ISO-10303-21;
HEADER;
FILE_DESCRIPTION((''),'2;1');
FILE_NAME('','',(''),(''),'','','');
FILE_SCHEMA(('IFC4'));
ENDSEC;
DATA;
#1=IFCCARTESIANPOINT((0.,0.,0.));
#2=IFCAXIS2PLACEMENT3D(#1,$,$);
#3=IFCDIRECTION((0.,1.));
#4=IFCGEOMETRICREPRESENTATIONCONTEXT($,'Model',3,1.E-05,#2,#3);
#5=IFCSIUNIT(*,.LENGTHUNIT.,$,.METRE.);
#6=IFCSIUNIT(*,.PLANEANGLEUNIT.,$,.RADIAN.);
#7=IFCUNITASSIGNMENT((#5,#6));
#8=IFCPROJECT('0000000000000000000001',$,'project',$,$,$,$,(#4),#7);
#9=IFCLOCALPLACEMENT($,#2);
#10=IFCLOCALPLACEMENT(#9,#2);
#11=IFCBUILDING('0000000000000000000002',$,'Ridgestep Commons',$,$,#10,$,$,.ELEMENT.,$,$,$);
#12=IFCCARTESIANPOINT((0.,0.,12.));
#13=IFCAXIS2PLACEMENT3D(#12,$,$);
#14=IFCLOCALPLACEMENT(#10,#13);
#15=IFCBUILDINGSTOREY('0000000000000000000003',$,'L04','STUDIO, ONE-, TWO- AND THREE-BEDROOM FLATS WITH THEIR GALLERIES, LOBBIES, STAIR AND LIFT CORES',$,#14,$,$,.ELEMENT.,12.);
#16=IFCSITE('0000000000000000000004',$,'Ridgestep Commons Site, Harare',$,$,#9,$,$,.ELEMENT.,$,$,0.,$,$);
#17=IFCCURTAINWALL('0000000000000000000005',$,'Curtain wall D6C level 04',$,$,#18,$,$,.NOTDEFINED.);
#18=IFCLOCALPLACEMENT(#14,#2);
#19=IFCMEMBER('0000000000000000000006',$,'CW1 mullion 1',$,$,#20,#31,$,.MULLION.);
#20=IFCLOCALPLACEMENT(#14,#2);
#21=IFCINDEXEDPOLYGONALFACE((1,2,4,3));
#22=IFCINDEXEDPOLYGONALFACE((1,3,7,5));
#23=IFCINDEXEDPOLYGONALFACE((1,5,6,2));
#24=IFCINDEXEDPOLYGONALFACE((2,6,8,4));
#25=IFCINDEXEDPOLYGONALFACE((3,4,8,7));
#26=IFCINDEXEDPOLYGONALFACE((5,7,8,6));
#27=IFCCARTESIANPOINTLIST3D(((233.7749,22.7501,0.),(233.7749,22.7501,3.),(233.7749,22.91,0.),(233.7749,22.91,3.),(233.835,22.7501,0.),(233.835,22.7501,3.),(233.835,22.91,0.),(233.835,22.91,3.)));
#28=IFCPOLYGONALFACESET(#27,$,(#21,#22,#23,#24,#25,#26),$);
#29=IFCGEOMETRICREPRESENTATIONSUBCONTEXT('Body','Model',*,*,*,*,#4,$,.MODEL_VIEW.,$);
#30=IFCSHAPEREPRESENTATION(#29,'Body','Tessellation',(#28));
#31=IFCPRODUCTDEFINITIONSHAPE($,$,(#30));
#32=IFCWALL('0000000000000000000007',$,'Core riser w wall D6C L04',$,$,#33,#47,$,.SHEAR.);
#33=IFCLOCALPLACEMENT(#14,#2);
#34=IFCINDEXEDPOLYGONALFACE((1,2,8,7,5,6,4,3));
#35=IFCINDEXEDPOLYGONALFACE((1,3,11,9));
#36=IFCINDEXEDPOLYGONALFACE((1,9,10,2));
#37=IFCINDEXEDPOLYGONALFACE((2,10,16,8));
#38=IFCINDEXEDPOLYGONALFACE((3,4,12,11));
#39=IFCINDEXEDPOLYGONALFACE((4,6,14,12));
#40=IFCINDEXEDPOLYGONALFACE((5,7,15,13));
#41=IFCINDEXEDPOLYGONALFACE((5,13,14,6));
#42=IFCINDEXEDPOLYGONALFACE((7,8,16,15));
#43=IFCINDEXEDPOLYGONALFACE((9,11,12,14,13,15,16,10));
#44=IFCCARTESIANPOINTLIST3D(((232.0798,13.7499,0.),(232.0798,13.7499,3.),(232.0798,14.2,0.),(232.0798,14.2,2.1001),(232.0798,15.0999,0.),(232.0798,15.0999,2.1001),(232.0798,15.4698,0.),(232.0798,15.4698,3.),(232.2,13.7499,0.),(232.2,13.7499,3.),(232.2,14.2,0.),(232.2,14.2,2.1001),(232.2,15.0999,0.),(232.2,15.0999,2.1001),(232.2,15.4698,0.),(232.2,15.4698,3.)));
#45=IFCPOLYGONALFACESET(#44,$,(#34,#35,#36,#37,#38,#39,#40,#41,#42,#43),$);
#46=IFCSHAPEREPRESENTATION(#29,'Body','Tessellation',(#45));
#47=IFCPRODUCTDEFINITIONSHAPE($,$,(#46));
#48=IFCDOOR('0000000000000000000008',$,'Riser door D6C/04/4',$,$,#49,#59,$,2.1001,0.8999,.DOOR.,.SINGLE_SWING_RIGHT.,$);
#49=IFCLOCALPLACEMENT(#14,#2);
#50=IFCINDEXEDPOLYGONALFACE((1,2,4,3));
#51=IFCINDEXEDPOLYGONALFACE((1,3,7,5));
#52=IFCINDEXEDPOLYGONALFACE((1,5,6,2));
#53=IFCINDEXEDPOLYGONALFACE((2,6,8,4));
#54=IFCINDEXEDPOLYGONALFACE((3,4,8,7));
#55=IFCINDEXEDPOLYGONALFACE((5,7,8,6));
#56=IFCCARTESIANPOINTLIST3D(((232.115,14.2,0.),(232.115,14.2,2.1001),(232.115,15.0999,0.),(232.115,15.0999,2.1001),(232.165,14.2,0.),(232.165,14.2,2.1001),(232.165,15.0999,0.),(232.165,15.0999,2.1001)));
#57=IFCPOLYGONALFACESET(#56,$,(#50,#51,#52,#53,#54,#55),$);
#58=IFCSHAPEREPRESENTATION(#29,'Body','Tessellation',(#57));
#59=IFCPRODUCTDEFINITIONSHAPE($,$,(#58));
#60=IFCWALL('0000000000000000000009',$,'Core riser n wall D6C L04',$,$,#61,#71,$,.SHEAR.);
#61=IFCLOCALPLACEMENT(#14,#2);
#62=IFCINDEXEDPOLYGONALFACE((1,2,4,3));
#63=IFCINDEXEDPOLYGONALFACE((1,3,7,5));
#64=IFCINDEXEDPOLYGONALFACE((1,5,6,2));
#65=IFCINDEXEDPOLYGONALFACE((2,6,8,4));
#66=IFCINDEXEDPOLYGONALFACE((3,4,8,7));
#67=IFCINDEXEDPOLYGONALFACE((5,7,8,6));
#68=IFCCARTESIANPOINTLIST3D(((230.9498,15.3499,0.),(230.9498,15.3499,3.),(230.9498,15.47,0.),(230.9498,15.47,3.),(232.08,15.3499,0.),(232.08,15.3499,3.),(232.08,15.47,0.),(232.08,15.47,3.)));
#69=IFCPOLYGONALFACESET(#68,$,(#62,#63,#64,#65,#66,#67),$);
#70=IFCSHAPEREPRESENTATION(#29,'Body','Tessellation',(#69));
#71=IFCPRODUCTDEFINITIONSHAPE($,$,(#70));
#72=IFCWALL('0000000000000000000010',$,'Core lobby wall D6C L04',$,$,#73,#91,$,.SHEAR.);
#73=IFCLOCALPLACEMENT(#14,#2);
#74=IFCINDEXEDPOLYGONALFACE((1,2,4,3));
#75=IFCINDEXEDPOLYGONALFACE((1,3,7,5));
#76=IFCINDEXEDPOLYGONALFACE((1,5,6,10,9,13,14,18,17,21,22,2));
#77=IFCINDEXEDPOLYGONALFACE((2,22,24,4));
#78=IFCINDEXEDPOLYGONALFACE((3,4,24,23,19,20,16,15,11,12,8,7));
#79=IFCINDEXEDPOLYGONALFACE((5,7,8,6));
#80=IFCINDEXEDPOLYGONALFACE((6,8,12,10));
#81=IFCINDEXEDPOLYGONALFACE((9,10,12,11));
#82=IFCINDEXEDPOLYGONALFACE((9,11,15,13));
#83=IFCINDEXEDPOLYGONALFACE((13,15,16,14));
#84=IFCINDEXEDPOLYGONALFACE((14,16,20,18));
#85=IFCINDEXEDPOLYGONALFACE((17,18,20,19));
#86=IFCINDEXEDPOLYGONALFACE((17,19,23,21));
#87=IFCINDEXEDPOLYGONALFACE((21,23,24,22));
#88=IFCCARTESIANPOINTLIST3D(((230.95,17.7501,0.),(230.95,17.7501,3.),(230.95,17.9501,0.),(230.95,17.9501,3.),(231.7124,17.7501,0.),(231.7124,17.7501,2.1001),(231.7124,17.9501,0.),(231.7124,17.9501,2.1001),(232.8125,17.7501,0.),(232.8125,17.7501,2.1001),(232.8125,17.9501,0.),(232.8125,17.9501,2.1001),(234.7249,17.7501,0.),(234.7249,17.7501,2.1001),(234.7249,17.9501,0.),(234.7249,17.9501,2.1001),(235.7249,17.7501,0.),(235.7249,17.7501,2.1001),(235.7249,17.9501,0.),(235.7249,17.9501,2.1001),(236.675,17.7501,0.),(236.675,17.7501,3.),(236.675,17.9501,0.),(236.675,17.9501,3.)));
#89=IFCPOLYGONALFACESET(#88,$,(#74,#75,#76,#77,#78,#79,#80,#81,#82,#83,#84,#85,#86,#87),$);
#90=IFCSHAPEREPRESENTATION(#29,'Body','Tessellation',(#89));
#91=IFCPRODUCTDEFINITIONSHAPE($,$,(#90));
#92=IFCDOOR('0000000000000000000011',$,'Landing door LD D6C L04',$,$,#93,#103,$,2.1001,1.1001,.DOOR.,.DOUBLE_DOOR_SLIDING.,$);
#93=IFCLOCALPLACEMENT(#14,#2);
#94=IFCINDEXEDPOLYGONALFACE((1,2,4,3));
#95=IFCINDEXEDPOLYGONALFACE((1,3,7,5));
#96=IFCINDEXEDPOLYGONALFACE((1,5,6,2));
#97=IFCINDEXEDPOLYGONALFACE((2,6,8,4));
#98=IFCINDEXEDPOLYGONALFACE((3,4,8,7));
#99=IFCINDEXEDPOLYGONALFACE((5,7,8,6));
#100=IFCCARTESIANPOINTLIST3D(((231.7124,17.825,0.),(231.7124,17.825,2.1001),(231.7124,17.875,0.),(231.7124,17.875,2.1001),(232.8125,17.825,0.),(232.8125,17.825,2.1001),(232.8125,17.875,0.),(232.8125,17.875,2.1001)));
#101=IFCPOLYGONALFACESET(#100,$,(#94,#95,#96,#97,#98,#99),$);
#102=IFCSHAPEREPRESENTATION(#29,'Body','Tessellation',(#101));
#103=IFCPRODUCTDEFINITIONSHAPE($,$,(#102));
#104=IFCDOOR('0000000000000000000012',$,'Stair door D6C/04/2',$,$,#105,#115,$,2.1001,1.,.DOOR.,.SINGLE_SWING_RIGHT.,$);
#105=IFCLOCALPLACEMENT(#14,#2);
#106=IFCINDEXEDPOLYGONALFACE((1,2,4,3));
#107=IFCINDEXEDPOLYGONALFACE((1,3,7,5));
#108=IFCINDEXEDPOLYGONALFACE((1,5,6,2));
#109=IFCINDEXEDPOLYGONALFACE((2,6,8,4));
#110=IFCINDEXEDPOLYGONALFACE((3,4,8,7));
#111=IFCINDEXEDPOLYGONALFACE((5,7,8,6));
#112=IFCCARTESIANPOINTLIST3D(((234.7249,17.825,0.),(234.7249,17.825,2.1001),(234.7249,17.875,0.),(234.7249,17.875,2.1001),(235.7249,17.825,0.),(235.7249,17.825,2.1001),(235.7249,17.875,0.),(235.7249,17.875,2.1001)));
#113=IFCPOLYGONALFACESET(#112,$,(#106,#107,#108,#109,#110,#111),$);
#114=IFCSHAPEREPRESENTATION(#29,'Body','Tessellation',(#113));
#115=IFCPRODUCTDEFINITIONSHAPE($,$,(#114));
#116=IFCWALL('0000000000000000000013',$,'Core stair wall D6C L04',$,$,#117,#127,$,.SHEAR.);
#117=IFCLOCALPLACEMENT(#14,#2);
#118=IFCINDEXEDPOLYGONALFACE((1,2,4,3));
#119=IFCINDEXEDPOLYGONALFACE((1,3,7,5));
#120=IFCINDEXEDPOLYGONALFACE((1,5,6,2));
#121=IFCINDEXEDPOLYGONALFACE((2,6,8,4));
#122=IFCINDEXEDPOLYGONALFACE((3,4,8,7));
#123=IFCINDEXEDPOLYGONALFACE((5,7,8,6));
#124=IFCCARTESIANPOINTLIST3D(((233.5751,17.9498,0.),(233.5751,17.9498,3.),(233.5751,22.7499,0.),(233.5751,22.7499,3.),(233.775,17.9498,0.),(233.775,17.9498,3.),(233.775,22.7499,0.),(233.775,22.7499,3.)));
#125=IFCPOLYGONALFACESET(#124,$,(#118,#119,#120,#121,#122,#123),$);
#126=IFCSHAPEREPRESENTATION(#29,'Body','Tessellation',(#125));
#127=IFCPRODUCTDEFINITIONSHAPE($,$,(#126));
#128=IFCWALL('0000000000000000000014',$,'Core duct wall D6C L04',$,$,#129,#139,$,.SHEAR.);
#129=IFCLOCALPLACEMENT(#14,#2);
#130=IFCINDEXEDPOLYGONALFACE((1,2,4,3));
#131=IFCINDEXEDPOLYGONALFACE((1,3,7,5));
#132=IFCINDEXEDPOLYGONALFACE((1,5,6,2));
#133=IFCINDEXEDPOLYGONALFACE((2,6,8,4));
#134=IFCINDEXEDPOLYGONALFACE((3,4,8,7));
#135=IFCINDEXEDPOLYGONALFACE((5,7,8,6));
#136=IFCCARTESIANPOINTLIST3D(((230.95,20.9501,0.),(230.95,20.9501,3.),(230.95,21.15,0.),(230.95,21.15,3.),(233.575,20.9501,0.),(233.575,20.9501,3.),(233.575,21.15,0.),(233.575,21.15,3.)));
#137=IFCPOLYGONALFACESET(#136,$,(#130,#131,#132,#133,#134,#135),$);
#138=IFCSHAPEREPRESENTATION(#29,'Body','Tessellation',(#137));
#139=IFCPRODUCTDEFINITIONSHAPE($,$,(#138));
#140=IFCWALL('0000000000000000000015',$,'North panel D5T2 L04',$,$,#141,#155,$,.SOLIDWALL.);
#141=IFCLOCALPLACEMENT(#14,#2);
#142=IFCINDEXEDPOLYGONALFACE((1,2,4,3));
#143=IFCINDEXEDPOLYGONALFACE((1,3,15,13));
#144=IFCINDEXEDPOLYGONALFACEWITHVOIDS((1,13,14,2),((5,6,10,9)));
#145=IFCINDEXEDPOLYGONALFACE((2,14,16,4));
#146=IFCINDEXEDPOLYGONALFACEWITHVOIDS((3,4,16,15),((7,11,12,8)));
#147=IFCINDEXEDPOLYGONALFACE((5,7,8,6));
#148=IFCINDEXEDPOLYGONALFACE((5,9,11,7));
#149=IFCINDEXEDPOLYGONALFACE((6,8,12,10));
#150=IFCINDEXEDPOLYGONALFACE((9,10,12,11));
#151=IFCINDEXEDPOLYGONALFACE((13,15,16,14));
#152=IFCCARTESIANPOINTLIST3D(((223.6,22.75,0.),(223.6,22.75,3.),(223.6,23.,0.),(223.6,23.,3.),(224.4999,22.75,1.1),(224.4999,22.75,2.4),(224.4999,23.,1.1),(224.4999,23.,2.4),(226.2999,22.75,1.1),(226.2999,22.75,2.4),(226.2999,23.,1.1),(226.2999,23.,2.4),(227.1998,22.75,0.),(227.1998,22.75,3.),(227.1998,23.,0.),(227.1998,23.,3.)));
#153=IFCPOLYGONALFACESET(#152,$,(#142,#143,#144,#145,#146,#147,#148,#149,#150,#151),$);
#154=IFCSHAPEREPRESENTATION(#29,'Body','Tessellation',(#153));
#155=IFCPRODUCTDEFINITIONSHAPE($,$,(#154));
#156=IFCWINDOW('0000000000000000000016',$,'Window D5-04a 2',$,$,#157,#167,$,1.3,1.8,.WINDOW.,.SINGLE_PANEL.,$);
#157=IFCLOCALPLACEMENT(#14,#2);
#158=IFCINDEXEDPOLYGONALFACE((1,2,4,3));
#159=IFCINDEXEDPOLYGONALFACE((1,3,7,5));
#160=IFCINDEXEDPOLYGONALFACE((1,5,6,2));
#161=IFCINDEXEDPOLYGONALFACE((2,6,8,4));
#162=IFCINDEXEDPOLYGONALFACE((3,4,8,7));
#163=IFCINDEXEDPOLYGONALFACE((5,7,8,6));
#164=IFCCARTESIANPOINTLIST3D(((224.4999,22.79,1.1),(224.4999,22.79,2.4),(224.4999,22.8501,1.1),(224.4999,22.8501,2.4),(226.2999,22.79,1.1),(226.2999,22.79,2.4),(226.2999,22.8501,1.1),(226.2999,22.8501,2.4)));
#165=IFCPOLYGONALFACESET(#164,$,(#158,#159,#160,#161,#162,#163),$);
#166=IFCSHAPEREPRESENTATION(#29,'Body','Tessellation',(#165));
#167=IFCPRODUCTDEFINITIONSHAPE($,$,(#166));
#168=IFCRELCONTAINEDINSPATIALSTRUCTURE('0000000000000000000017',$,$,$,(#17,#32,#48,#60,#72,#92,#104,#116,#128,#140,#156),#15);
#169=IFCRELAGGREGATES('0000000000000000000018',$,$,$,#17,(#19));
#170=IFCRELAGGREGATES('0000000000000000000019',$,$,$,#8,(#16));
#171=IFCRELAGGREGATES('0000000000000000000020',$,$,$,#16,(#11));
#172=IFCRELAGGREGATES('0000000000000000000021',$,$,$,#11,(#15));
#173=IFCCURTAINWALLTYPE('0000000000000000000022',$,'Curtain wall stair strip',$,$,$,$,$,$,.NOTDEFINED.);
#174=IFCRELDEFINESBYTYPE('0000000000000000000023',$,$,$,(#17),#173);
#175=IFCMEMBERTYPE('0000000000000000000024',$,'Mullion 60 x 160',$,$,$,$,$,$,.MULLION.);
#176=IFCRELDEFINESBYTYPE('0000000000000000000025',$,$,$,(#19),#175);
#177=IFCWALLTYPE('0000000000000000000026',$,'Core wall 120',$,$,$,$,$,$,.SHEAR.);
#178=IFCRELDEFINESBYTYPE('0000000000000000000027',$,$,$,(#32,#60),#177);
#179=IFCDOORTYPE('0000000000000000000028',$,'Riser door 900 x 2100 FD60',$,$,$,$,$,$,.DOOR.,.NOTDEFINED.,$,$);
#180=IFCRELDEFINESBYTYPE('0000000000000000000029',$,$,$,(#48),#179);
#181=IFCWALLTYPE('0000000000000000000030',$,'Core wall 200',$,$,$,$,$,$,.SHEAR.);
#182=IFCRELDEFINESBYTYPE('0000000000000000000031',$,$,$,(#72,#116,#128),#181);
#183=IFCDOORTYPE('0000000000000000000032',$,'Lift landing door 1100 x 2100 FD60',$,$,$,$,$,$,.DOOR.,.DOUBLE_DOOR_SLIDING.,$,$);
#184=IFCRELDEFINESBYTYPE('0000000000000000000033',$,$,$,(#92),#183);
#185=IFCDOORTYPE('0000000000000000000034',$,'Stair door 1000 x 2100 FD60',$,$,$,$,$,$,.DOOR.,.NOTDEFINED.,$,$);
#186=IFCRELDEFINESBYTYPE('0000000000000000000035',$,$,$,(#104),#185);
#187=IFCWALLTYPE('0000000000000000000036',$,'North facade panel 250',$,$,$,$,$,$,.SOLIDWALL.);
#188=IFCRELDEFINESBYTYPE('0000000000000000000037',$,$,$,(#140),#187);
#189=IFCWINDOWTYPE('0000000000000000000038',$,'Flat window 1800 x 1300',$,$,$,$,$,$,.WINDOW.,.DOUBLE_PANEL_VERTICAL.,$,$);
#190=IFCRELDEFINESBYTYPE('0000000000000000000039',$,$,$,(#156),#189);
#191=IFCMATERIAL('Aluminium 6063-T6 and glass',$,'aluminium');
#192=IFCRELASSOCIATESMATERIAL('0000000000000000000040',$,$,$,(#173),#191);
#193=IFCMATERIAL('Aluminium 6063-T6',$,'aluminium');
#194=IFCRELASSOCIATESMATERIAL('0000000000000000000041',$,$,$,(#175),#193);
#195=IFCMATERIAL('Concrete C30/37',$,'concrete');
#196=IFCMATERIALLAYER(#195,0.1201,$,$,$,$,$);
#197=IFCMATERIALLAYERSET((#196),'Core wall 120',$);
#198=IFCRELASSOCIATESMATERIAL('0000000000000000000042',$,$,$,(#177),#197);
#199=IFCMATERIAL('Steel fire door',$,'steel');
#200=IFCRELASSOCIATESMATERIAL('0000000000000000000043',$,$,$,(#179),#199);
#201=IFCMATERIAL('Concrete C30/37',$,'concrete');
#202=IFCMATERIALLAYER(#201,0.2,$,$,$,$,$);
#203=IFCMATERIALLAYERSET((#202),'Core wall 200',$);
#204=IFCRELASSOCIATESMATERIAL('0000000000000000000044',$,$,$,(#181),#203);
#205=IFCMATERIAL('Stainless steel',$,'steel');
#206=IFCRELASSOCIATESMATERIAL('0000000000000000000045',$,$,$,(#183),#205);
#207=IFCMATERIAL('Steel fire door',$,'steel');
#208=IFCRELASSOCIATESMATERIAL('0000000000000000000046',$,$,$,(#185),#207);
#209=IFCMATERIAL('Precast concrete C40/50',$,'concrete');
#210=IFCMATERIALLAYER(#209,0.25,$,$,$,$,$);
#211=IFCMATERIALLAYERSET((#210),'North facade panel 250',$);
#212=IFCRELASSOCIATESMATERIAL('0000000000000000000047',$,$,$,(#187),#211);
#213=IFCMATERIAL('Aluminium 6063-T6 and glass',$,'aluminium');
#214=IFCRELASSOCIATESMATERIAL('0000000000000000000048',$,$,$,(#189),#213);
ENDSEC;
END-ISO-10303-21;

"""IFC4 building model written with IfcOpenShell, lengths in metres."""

from ifc_helpers import new_model, si_unit, direction, frame, frame_2d, origin, origin_2d, place, context, subcontext, project, spatial, rectangle, extrude, material, layer, layer_set, material_profile, profile_set, type_object, element, fill, aggregate, save


model = new_model("IFC4")

# Units and contexts
model_context = context("Model", 3, precision=1e-05, world=origin(), true_north=direction((0.0, 1.0)))
body_context = subcontext(model_context, "Body", "Model", "MODEL_VIEW")
ifc_project = project(units=[si_unit("LENGTHUNIT", "METRE"), si_unit("PLANEANGLEUNIT", "RADIAN")], contexts=[model_context])

# Site, building, storey
site_placement = place(None, origin())
site = spatial("IfcSite", under=ifc_project, at=site_placement, Name="Ridgestep Commons Site, Harare", CompositionType="ELEMENT", RefElevation=0.0)
building_placement = place(site_placement, origin())
building = spatial("IfcBuilding", under=site, at=building_placement, Name="Ridgestep Commons", CompositionType="ELEMENT")
storey_placement = place(building_placement, frame((0.0, 0.0, 12.0)))
storey = spatial("IfcBuildingStorey", under=building, at=storey_placement, Name="L04", Description="STUDIO, ONE-, TWO- AND THREE-BEDROOM FLATS WITH THEIR GALLERIES, LOBBIES, STAIR AND LIFT CORES", CompositionType="ELEMENT", Elevation=12.0)

# Curtain wall, member
ifc_material_1 = material(Name="Aluminium 6063-T6 and glass", Category="aluminium")
curtain_wall_type = type_object("IfcCurtainWallType", Name="Curtain wall stair strip", PredefinedType="NOTDEFINED", material=ifc_material_1)
curtain_wall_placement = place(storey_placement, origin())
curtain_wall = element("IfcCurtainWall", 1, at=curtain_wall_placement, inside=storey, type_object=curtain_wall_type, Name="Curtain wall D6C level 04", PredefinedType="NOTDEFINED")
ifc_material_2 = material(Name="Aluminium 6063-T6", Category="aluminium")
ifc_material_profile = material_profile(ifc_material_2, rectangle(XDim=0.1599, YDim=0.0601, at=origin_2d()), Name="Mullion 60 x 160")
ifc_profile_set = profile_set([ifc_material_profile], Name="Aluminium 6063-T6")
member_type = type_object("IfcMemberType", Name="Mullion 60 x 160", PredefinedType="MULLION", material=ifc_profile_set)
member_placement = place(storey_placement, frame((233.8049, 22.8301, 0.0), z_axis=(0.0, 0.0, 1.0), x_axis=(0.0, 1.0, 0.0)))
member = element("IfcMember", 2, at=member_placement, type_object=member_type, Name="CW1 mullion 1", PredefinedType="MULLION", context=body_context, shape_type="SweptSolid", body=[
    extrude(rectangle(XDim=0.1599, YDim=0.0601, at=origin_2d()), origin(), (0.0, 0.0, 1.0), 3.0),
])
aggregate(curtain_wall, [member])

# Wall, opening, door
ifc_material_3 = material(Name="Concrete C30/37", Category="concrete")
ifc_layer_1 = layer(ifc_material_3, 0.1201)
ifc_layer_set_1 = layer_set([ifc_layer_1], Name="Core wall 120")
wall_type_1 = type_object("IfcWallType", Name="Core wall 120", PredefinedType="SHEAR", material=ifc_layer_set_1)
wall_1_placement = place(storey_placement, frame((232.1399, 13.75, 0.0), z_axis=(0.0, 0.0, 1.0), x_axis=(0.0, 1.0, 0.0)))
wall_1 = element("IfcWall", 3, at=wall_1_placement, inside=storey, type_object=wall_type_1, Name="Core riser w wall D6C L04", PredefinedType="SHEAR", context=body_context, shape_type="SweptSolid", body=[
    extrude(rectangle(XDim=1.72, YDim=0.1201, at=frame_2d((0.8599, 0.0))), origin(), (0.0, 0.0, 1.0), 3.0),
])
opening_1_placement = place(wall_1_placement, frame((0.45, 0.0, 0.0)))
opening_1 = element("IfcOpeningElement", 4, at=opening_1_placement, cuts=wall_1, PredefinedType="OPENING", context=body_context, shape_type="SweptSolid", body=[
    extrude(rectangle(XDim=0.8999, YDim=2.1001, at=frame_2d((0.45, 1.05))), frame((0.0, 0.0701, 0.0), z_axis=(0.0, -1.0, 0.0), x_axis=(1.0, 0.0, 0.0)), (0.0, 0.0, 1.0), 0.1401),
])
ifc_material_4 = material(Name="Steel fire door", Category="steel")
door_type_1 = type_object("IfcDoorType", Name="Riser door 900 x 2100 FD60", OperationType="NOTDEFINED", PredefinedType="DOOR", material=ifc_material_4)
door_1_placement = place(opening_1_placement, origin())
door_1 = element("IfcDoor", 5, at=door_1_placement, inside=storey, type_object=door_type_1, Name="Riser door D6C/04/4", OperationType="SINGLE_SWING_RIGHT", OverallHeight=2.1001, OverallWidth=0.8999, PredefinedType="DOOR", context=body_context, shape_type="SweptSolid", body=[
    extrude(rectangle(XDim=0.8999, YDim=2.1001, at=frame_2d((0.45, 1.05))), frame((0.0, 0.0249, 0.0), z_axis=(0.0, -1.0, 0.0), x_axis=(1.0, 0.0, 0.0)), (0.0, 0.0, 1.0), 0.05),
])
fill(opening_1, door_1)

# Wall
wall_2_placement = place(storey_placement, frame((230.95, 15.4099, 0.0), z_axis=(0.0, 0.0, 1.0), x_axis=(1.0, 0.0, 0.0)))
element("IfcWall", 6, at=wall_2_placement, inside=storey, type_object=wall_type_1, Name="Core riser n wall D6C L04", PredefinedType="SHEAR", context=body_context, shape_type="SweptSolid", body=[
    extrude(rectangle(XDim=1.1301, YDim=0.1201, at=frame_2d((0.5649, 0.0))), origin(), (0.0, 0.0, 1.0), 3.0),
])

# Wall, openings, doors
ifc_material_5 = material(Name="Concrete C30/37", Category="concrete")
ifc_layer_2 = layer(ifc_material_5, 0.2)
ifc_layer_set_2 = layer_set([ifc_layer_2], Name="Core wall 200")
wall_type_2 = type_object("IfcWallType", Name="Core wall 200", PredefinedType="SHEAR", material=ifc_layer_set_2)
wall_3_placement = place(storey_placement, frame((230.95, 17.8501, 0.0), z_axis=(0.0, 0.0, 1.0), x_axis=(1.0, 0.0, 0.0)))
wall_3 = element("IfcWall", 7, at=wall_3_placement, inside=storey, type_object=wall_type_2, Name="Core lobby wall D6C L04", PredefinedType="SHEAR", context=body_context, shape_type="SweptSolid", body=[
    extrude(rectangle(XDim=5.7251, YDim=0.2, at=frame_2d((2.8625, 0.0))), origin(), (0.0, 0.0, 1.0), 3.0),
])
opening_2_placement = place(wall_3_placement, frame((3.7749, 0.0, 0.0)))
opening_2 = element("IfcOpeningElement", 8, at=opening_2_placement, cuts=wall_3, PredefinedType="OPENING", context=body_context, shape_type="SweptSolid", body=[
    extrude(rectangle(XDim=1.0, YDim=2.1001, at=frame_2d((0.5, 1.05))), frame((0.0, 0.1099, 0.0), z_axis=(0.0, -1.0, 0.0), x_axis=(1.0, 0.0, 0.0)), (0.0, 0.0, 1.0), 0.22),
])
opening_3_placement = place(wall_3_placement, frame((0.7625, 0.0, 0.0)))
opening_3 = element("IfcOpeningElement", 9, at=opening_3_placement, cuts=wall_3, PredefinedType="OPENING", context=body_context, shape_type="SweptSolid", body=[
    extrude(rectangle(XDim=1.1001, YDim=2.1001, at=frame_2d((0.55, 1.05))), frame((0.0, 0.1099, 0.0), z_axis=(0.0, -1.0, 0.0), x_axis=(1.0, 0.0, 0.0)), (0.0, 0.0, 1.0), 0.22),
])
ifc_material_6 = material(Name="Stainless steel", Category="steel")
door_type_2 = type_object("IfcDoorType", Name="Lift landing door 1100 x 2100 FD60", OperationType="DOUBLE_DOOR_SLIDING", PredefinedType="DOOR", material=ifc_material_6)
door_2_placement = place(opening_3_placement, origin())
door_2 = element("IfcDoor", 10, at=door_2_placement, inside=storey, type_object=door_type_2, Name="Landing door LD D6C L04", OperationType="DOUBLE_DOOR_SLIDING", OverallHeight=2.1001, OverallWidth=1.1001, PredefinedType="DOOR", context=body_context, shape_type="SweptSolid", body=[
    extrude(rectangle(XDim=1.1001, YDim=2.1001, at=frame_2d((0.55, 1.05))), frame((0.0, 0.0249, 0.0), z_axis=(0.0, -1.0, 0.0), x_axis=(1.0, 0.0, 0.0)), (0.0, 0.0, 1.0), 0.05),
])
fill(opening_3, door_2)
ifc_material_7 = material(Name="Steel fire door", Category="steel")
door_type_3 = type_object("IfcDoorType", Name="Stair door 1000 x 2100 FD60", OperationType="NOTDEFINED", PredefinedType="DOOR", material=ifc_material_7)
door_3_placement = place(opening_2_placement, origin())
door_3 = element("IfcDoor", 11, at=door_3_placement, inside=storey, type_object=door_type_3, Name="Stair door D6C/04/2", OperationType="SINGLE_SWING_RIGHT", OverallHeight=2.1001, OverallWidth=1.0, PredefinedType="DOOR", context=body_context, shape_type="SweptSolid", body=[
    extrude(rectangle(XDim=1.0, YDim=2.1001, at=frame_2d((0.5, 1.05))), frame((0.0, 0.0249, 0.0), z_axis=(0.0, -1.0, 0.0), x_axis=(1.0, 0.0, 0.0)), (0.0, 0.0, 1.0), 0.05),
])
fill(opening_2, door_3)

# Walls
wall_4_placement = place(storey_placement, frame((233.675, 17.95, 0.0), z_axis=(0.0, 0.0, 1.0), x_axis=(0.0, 1.0, 0.0)))
element("IfcWall", 12, at=wall_4_placement, inside=storey, type_object=wall_type_2, Name="Core stair wall D6C L04", PredefinedType="SHEAR", context=body_context, shape_type="SweptSolid", body=[
    extrude(rectangle(XDim=4.8, YDim=0.2, at=frame_2d((2.3999, 0.0))), origin(), (0.0, 0.0, 1.0), 3.0),
])
wall_5_placement = place(storey_placement, frame((230.95, 21.05, 0.0), z_axis=(0.0, 0.0, 1.0), x_axis=(1.0, 0.0, 0.0)))
element("IfcWall", 13, at=wall_5_placement, inside=storey, type_object=wall_type_2, Name="Core duct wall D6C L04", PredefinedType="SHEAR", context=body_context, shape_type="SweptSolid", body=[
    extrude(rectangle(XDim=2.625, YDim=0.2, at=frame_2d((1.3125, 0.0))), origin(), (0.0, 0.0, 1.0), 3.0),
])

# Wall, opening, window
ifc_material_8 = material(Name="Precast concrete C40/50", Category="concrete")
ifc_layer_3 = layer(ifc_material_8, 0.25)
ifc_layer_set_3 = layer_set([ifc_layer_3], Name="North facade panel 250")
wall_type_3 = type_object("IfcWallType", Name="North facade panel 250", PredefinedType="SOLIDWALL", material=ifc_layer_set_3)
wall_6_placement = place(storey_placement, frame((223.6001, 22.875, 0.0), z_axis=(0.0, 0.0, 1.0), x_axis=(1.0, 0.0, 0.0)))
wall_6 = element("IfcWall", 14, at=wall_6_placement, inside=storey, type_object=wall_type_3, Name="North panel D5T2 L04", PredefinedType="SOLIDWALL", context=body_context, shape_type="SweptSolid", body=[
    extrude(rectangle(XDim=3.5999, YDim=0.25, at=frame_2d((1.7998, 0.0))), origin(), (0.0, 0.0, 1.0), 3.0),
])
opening_4_placement = place(wall_6_placement, frame((0.8999, 0.0, 1.1001)))
opening_4 = element("IfcOpeningElement", 15, at=opening_4_placement, cuts=wall_6, PredefinedType="OPENING", context=body_context, shape_type="SweptSolid", body=[
    extrude(rectangle(XDim=1.8, YDim=1.3, at=frame_2d((0.8999, 0.6499))), frame((0.0, 0.135, 0.0), z_axis=(0.0, -1.0, 0.0), x_axis=(1.0, 0.0, 0.0)), (0.0, 0.0, 1.0), 0.27),
])
ifc_material_9 = material(Name="Aluminium 6063-T6 and glass", Category="aluminium")
window_type = type_object("IfcWindowType", Name="Flat window 1800 x 1300", PartitioningType="DOUBLE_PANEL_VERTICAL", PredefinedType="WINDOW", material=ifc_material_9)
window_1_placement = place(opening_4_placement, origin())
window_1 = element("IfcWindow", 16, at=window_1_placement, inside=storey, type_object=window_type, Name="Window D5-04a 2", OverallHeight=1.3, OverallWidth=1.8, PartitioningType="SINGLE_PANEL", PredefinedType="WINDOW", context=body_context, shape_type="SweptSolid", body=[
    extrude(rectangle(XDim=1.8, YDim=1.3, at=frame_2d((0.8999, 0.6499))), frame((0.0, -0.0249, 0.0), z_axis=(0.0, -1.0, 0.0), x_axis=(1.0, 0.0, 0.0)), (0.0, 0.0, 1.0), 0.0601),
])
fill(opening_4, window_1)

save(model, "model.ifc")
